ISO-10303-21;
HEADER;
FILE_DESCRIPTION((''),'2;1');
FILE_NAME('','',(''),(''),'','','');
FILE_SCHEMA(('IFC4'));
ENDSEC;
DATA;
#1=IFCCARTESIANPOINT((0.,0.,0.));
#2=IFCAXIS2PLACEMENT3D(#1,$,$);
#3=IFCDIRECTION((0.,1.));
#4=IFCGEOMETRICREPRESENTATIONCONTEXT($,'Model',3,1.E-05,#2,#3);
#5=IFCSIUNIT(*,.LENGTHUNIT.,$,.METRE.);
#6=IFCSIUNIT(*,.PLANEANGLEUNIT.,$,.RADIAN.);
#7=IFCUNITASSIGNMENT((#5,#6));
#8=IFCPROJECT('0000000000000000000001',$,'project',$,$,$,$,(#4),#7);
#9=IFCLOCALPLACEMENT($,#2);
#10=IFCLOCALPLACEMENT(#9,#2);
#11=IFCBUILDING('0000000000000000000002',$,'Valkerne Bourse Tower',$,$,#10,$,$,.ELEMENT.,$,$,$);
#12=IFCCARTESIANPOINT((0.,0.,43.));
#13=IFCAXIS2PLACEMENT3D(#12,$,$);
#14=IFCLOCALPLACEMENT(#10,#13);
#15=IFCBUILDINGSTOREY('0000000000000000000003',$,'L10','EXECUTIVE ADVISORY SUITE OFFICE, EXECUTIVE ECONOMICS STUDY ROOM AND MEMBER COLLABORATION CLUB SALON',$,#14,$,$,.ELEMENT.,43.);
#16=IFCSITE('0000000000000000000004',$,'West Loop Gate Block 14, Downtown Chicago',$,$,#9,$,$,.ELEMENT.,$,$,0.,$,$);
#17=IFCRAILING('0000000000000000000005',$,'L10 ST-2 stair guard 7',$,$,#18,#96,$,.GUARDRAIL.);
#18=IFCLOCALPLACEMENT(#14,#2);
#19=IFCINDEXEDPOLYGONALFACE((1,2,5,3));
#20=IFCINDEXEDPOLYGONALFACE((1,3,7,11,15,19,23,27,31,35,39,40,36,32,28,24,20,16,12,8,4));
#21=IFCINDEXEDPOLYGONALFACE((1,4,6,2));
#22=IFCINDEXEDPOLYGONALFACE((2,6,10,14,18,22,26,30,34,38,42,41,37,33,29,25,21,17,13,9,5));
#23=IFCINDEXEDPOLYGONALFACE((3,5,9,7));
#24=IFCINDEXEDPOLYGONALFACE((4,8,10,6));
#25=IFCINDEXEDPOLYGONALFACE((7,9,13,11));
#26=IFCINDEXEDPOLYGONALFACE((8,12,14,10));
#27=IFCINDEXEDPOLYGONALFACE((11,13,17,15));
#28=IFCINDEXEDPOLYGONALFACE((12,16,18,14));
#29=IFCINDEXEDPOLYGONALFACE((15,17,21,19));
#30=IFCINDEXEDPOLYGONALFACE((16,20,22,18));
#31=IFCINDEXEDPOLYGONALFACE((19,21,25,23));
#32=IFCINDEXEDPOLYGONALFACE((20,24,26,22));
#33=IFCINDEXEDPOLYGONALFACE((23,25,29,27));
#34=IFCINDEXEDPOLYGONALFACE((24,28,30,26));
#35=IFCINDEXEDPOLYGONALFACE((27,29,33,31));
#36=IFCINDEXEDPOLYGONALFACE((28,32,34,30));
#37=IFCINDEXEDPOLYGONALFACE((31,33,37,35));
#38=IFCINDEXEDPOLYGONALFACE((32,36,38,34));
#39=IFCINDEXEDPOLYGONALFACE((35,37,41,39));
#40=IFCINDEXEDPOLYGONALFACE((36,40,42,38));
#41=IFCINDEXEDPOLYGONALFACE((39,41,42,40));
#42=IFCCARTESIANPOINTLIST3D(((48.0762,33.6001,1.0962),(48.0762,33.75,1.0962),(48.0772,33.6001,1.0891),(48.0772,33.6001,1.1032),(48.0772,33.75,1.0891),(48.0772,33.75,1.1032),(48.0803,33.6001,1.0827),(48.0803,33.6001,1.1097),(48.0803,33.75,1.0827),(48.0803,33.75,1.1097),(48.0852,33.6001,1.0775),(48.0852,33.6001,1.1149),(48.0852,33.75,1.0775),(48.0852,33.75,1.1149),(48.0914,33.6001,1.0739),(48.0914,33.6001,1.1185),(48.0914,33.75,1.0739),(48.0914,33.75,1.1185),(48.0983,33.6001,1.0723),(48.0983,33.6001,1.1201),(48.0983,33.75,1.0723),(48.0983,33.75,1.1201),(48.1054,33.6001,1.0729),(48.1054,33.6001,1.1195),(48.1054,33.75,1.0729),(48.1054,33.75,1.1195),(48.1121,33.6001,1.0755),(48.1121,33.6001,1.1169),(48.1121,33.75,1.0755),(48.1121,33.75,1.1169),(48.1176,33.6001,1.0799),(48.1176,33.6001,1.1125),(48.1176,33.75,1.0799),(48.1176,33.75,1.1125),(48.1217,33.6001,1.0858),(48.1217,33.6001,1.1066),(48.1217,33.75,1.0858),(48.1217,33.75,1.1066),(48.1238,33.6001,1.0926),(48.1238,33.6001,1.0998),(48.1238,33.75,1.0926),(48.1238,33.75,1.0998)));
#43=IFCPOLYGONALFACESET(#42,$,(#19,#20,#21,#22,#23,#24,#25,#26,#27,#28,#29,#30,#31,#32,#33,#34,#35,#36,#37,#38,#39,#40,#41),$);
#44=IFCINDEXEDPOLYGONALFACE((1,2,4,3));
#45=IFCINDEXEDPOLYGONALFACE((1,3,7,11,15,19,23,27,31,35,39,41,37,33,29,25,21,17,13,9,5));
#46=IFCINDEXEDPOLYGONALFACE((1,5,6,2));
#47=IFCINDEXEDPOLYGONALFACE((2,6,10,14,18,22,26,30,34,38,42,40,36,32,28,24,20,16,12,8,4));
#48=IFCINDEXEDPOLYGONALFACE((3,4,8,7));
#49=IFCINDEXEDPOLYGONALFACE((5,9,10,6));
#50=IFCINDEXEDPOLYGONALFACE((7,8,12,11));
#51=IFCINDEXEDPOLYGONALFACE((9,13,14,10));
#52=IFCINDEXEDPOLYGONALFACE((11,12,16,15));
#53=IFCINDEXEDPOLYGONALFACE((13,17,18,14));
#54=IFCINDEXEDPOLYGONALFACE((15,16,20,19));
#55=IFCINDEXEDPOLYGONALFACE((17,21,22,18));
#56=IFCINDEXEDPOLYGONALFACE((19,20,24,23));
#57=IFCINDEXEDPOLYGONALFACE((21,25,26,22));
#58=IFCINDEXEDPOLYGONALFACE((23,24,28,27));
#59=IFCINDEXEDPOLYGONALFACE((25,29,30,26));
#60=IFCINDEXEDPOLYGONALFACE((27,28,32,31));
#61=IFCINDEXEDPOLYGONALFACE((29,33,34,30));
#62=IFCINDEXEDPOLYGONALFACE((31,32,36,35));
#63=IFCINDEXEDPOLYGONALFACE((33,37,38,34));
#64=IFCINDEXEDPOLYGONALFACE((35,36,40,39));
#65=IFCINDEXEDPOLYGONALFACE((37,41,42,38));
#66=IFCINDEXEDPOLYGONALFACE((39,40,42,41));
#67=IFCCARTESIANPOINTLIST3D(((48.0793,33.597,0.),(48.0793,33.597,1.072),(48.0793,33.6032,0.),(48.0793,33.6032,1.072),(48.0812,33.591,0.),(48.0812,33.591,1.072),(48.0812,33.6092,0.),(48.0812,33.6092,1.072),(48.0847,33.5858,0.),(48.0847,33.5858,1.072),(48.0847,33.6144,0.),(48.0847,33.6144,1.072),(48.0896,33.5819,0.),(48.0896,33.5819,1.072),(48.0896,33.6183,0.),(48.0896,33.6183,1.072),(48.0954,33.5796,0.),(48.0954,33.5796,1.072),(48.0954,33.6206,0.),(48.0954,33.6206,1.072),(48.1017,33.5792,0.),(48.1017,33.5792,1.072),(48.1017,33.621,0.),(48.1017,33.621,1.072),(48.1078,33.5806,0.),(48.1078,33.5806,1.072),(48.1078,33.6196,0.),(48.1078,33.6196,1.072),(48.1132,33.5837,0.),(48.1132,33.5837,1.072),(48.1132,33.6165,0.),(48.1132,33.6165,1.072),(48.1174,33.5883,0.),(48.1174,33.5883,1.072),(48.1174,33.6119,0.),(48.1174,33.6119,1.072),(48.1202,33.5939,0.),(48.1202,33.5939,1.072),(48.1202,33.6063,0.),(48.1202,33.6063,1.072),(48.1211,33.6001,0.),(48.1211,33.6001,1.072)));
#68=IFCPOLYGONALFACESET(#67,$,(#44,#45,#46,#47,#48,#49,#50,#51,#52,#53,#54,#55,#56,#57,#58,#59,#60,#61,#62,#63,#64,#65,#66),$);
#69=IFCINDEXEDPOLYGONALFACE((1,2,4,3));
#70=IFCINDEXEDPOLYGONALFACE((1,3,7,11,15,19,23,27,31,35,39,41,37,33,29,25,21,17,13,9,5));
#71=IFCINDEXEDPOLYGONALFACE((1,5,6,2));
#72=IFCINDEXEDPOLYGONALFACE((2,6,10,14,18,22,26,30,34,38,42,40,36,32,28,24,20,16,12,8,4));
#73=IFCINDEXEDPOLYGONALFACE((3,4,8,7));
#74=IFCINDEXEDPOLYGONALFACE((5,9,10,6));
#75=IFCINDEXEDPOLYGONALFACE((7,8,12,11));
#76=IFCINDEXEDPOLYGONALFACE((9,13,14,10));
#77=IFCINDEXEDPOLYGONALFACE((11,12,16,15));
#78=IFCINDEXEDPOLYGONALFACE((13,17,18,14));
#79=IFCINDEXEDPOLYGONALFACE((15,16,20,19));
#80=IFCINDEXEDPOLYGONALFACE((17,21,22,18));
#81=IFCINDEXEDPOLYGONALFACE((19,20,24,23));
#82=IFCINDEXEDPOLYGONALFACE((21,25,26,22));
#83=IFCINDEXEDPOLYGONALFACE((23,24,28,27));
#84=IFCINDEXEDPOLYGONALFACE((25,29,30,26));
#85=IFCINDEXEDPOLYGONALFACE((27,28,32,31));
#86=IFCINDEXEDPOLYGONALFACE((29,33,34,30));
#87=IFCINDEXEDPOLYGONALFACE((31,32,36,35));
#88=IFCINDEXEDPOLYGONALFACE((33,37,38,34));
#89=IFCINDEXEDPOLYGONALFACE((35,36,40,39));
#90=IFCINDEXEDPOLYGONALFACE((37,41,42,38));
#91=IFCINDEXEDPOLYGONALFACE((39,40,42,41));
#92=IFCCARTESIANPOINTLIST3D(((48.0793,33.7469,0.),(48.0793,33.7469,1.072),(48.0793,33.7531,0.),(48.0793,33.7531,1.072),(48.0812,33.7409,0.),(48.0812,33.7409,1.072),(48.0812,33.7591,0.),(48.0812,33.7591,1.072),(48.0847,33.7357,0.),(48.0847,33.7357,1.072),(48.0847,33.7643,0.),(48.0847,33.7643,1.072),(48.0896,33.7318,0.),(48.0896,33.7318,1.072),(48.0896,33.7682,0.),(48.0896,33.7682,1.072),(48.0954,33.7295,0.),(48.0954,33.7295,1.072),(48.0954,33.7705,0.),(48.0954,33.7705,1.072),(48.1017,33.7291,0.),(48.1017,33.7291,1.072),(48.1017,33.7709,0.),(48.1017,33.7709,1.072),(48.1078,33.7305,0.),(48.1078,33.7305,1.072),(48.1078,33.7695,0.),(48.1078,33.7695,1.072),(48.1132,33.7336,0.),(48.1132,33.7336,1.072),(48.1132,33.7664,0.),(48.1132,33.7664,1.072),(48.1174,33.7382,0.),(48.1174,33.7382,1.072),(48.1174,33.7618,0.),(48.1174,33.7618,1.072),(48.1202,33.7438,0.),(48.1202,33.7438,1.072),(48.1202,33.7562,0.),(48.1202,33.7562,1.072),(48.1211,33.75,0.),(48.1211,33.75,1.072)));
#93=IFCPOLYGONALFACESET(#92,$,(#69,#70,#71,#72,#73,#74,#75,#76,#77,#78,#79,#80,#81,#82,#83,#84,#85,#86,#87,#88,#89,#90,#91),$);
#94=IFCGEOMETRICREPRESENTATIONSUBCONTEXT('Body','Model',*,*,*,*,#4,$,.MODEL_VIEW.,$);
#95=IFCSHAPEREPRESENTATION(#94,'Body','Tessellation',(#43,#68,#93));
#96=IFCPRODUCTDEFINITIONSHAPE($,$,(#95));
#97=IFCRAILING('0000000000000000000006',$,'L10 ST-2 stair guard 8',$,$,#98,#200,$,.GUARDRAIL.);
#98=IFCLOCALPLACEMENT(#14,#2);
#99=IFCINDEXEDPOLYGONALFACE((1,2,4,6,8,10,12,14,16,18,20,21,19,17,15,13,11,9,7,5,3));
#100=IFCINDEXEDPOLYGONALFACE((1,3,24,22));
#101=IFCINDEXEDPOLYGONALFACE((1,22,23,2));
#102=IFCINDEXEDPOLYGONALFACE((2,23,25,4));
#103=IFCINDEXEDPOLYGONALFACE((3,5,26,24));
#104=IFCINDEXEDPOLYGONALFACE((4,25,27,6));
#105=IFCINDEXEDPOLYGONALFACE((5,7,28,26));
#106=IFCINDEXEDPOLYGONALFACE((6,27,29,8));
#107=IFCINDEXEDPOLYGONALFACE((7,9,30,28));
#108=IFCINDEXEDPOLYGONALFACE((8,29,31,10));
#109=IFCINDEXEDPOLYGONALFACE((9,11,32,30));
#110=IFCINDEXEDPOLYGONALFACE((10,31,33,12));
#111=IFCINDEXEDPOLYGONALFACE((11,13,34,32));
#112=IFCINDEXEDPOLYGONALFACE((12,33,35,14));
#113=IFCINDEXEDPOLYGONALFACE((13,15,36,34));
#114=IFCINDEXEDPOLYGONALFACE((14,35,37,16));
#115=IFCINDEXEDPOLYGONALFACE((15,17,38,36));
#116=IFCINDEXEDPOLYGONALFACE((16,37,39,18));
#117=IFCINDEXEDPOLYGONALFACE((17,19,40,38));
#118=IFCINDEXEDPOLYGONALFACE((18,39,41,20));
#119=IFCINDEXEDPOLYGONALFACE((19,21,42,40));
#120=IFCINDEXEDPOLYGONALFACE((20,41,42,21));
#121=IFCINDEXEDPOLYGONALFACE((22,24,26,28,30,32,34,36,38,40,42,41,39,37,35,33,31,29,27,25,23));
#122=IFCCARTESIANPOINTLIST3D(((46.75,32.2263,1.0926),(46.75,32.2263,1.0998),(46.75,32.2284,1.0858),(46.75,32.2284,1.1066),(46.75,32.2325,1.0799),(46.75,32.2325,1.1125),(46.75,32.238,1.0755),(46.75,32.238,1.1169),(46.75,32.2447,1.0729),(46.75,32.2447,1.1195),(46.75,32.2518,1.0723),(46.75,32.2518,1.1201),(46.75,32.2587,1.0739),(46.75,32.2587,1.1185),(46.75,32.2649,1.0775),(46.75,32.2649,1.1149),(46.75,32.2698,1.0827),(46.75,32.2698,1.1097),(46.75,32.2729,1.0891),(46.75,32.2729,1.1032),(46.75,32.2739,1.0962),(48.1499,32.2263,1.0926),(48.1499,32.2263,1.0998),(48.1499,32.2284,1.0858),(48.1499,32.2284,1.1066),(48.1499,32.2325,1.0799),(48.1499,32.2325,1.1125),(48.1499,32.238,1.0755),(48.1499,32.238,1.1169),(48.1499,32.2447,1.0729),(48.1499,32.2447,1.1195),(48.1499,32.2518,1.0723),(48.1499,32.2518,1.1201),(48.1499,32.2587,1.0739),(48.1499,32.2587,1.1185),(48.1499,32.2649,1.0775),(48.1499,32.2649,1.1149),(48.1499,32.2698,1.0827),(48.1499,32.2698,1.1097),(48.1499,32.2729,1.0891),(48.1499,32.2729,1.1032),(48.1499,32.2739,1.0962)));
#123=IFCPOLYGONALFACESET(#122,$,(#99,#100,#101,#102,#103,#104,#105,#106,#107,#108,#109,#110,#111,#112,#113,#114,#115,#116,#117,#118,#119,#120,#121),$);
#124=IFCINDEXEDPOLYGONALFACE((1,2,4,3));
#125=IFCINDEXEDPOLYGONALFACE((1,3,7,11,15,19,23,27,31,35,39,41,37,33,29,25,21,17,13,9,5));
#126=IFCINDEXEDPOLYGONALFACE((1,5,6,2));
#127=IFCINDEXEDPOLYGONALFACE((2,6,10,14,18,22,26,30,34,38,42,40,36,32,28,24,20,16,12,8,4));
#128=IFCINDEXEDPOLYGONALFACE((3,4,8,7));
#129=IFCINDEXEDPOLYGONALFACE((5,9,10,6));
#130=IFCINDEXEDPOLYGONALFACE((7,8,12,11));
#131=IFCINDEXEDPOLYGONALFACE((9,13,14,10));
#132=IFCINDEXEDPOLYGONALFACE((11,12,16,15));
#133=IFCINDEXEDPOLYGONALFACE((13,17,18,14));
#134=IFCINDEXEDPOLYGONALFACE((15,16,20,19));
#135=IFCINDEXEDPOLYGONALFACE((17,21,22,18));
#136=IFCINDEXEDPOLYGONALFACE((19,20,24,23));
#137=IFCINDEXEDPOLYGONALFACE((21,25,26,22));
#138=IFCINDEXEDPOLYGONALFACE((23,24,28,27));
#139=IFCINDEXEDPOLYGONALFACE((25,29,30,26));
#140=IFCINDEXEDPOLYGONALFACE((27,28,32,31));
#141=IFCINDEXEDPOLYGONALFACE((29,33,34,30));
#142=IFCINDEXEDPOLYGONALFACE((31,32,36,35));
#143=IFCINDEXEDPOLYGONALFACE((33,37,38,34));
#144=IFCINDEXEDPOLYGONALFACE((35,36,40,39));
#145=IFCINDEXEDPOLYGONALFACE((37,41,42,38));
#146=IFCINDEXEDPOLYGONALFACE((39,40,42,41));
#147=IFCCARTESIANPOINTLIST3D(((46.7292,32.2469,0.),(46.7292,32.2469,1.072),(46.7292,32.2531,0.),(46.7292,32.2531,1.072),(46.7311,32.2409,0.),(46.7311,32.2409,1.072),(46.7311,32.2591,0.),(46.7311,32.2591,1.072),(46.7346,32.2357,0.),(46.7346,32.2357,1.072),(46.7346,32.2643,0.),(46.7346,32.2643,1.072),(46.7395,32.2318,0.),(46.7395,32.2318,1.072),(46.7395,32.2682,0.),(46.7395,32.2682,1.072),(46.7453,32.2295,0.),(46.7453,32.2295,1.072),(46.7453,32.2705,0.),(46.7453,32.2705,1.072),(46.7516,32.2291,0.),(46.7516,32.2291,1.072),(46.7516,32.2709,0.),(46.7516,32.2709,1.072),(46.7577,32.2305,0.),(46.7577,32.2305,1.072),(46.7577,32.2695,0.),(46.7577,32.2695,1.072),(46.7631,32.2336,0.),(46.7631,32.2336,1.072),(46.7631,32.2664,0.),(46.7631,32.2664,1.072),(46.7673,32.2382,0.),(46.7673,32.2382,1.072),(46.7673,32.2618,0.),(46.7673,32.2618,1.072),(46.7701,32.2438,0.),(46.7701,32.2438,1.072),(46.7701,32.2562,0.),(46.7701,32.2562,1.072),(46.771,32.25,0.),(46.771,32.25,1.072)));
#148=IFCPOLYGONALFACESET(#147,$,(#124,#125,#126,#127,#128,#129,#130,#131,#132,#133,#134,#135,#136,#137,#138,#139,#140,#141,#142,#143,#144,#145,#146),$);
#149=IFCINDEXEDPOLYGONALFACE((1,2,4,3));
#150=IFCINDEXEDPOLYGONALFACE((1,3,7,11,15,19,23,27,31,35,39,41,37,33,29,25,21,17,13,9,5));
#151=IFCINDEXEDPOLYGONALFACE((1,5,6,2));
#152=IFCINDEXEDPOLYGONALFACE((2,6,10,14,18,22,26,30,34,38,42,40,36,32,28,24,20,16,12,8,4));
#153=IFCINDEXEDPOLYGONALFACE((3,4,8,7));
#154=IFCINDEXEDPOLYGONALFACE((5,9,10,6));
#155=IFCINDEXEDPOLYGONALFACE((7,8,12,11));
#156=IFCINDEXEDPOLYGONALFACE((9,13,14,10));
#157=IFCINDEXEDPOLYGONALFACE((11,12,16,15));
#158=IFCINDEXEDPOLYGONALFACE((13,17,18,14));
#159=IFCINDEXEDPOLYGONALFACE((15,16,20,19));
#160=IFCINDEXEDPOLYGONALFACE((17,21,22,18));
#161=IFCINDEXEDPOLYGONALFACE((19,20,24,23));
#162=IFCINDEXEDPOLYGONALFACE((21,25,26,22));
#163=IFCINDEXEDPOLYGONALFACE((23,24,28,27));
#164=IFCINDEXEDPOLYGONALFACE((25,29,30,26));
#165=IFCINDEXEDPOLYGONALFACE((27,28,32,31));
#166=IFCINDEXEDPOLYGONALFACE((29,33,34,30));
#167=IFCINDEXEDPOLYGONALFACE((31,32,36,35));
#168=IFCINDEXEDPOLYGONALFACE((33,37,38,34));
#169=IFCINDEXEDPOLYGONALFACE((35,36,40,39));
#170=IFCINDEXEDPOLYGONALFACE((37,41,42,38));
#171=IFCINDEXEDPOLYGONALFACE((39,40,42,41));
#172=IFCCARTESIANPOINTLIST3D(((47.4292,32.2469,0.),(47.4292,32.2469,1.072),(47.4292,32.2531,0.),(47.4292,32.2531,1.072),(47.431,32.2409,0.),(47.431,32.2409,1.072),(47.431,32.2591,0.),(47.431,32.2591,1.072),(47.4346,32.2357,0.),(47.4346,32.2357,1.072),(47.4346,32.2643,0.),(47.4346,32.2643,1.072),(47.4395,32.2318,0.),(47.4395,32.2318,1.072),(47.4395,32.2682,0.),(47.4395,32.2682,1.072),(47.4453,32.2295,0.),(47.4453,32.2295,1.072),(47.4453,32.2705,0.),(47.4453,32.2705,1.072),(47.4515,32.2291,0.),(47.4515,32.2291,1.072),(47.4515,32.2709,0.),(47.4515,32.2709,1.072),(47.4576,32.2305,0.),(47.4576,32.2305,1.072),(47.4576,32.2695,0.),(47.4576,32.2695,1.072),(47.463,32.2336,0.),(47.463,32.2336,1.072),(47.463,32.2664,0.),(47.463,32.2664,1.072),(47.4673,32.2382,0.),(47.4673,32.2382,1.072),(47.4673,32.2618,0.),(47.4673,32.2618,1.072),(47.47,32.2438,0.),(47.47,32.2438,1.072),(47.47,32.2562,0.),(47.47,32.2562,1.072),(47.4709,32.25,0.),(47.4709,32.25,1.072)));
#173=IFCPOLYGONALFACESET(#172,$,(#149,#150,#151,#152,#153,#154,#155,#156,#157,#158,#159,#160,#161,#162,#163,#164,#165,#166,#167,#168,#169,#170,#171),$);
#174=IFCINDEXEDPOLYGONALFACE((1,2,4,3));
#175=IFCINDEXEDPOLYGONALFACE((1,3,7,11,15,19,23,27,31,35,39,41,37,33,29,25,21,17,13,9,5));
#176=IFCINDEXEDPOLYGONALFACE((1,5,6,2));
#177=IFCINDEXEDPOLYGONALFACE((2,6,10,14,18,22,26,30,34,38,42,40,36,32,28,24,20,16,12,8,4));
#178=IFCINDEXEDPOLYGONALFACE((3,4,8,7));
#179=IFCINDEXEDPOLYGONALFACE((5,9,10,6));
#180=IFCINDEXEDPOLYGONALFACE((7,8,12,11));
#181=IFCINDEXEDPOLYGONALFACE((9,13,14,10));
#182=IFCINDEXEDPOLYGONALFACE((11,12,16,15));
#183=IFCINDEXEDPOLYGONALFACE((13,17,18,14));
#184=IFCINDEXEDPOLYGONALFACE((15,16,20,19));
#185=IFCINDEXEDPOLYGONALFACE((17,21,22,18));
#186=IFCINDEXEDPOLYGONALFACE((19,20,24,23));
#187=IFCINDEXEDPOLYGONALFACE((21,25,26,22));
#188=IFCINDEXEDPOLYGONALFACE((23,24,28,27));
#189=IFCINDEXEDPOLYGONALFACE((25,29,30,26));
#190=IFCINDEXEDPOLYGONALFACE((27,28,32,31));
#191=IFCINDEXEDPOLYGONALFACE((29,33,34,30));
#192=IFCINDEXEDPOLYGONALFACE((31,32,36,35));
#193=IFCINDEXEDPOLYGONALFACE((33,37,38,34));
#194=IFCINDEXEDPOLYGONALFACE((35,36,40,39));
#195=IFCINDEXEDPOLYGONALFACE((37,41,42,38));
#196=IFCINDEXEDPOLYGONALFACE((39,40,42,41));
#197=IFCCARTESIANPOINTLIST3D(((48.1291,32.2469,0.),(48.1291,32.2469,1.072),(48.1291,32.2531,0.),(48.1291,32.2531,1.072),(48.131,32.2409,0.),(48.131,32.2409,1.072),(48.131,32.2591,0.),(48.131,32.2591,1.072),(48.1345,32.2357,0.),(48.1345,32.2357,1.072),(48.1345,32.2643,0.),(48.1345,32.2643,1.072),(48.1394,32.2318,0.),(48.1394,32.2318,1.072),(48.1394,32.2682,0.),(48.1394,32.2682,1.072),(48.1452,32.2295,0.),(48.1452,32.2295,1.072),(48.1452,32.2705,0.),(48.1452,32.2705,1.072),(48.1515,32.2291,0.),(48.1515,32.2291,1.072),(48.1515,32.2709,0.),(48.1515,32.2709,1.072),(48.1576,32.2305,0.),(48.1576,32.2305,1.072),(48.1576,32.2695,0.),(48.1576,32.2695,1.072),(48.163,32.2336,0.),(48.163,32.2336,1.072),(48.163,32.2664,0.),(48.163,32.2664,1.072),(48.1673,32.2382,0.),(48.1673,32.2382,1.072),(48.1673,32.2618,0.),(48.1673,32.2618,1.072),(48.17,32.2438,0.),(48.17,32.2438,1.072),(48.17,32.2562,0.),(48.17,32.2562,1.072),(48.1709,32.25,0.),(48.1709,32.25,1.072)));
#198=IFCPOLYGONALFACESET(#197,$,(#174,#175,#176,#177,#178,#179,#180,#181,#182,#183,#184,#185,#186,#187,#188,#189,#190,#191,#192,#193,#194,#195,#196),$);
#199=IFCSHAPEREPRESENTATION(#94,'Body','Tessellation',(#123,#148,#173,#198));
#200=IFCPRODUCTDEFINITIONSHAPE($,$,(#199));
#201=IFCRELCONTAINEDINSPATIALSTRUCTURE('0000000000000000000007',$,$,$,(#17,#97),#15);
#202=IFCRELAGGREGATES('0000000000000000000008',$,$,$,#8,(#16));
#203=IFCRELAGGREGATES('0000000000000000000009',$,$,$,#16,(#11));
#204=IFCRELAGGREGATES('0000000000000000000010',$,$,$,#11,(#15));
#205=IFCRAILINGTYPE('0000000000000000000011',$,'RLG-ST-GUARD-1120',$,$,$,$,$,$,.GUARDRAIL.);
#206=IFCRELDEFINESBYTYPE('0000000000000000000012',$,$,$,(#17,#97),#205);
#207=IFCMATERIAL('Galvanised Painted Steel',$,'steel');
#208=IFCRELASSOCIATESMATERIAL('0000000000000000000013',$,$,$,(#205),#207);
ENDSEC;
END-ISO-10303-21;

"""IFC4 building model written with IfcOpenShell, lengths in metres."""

from ifc_helpers import new_model, si_unit, direction, frame, origin, origin_2d, place, context, subcontext, project, spatial, circle, extrude, material, type_object, element, save


model = new_model("IFC4")

# Units and contexts
model_context = context("Model", 3, precision=1e-05, world=origin(), true_north=direction((0.0, 1.0)))
body_context = subcontext(model_context, "Body", "Model", "MODEL_VIEW")
ifc_project = project(units=[si_unit("LENGTHUNIT", "METRE"), si_unit("PLANEANGLEUNIT", "RADIAN")], contexts=[model_context])

# Site, building, storey
site_placement = place(None, origin())
site = spatial("IfcSite", under=ifc_project, at=site_placement, Name="West Loop Gate Block 14, Downtown Chicago", CompositionType="ELEMENT", RefElevation=0.0)
building_placement = place(site_placement, origin())
building = spatial("IfcBuilding", under=site, at=building_placement, Name="Valkerne Bourse Tower", CompositionType="ELEMENT")
storey_placement = place(building_placement, frame((0.0, 0.0, 43.0)))
storey = spatial("IfcBuildingStorey", under=building, at=storey_placement, Name="L10", Description="EXECUTIVE ADVISORY SUITE OFFICE, EXECUTIVE ECONOMICS STUDY ROOM AND MEMBER COLLABORATION CLUB SALON", CompositionType="ELEMENT", Elevation=43.0)

# Shared definitions
ifc_material_1 = material(Name="Galvanised Painted Steel", Category="steel")

# Railings
railing_type_1 = type_object("IfcRailingType", Name="RLG-ST-GUARD-1120", PredefinedType="GUARDRAIL", material=ifc_material_1)
railing_1_placement = place(storey_placement, frame((48.1001, 33.6001, 0.0)))
element("IfcRailing", 1, at=railing_1_placement, inside=storey, type_object=railing_type_1, Name="L10 ST-2 stair guard 7", PredefinedType="GUARDRAIL", context=body_context, shape_type="SweptSolid", body=[
    extrude(circle(Radius=0.0239, at=origin_2d()), frame((0.0, 0.0, 1.0962), z_axis=(0.0, 1.0, 0.0), x_axis=(-1.0, 0.0, 0.0)), (0.0, 0.0, 1.0), 0.1499),
    extrude(circle(Radius=0.021, at=origin_2d()), origin(), (0.0, 0.0, 1.0), 1.072),
    extrude(circle(Radius=0.021, at=origin_2d()), frame((0.0, 0.1499, 0.0)), (0.0, 0.0, 1.0), 1.072),
])
for number, where, name in (
    (2, (46.75, 32.25, 0.0), "L10 ST-2 stair guard 8"),
):
    element("IfcRailing", number, at=place(storey_placement, frame(where)), inside=storey, type_object=railing_type_1, Name=name, PredefinedType="GUARDRAIL", context=body_context, shape_type="SweptSolid", body=[
        extrude(circle(Radius=0.0239, at=origin_2d()), frame((0.0, 0.0, 1.0962), z_axis=(1.0, 0.0, 0.0), x_axis=(0.0, 1.0, 0.0)), (0.0, 0.0, 1.0), 1.3999),
        extrude(circle(Radius=0.021, at=origin_2d()), origin(), (0.0, 0.0, 1.0), 1.072),
        extrude(circle(Radius=0.021, at=origin_2d()), frame((0.7, 0.0, 0.0)), (0.0, 0.0, 1.0), 1.072),
        extrude(circle(Radius=0.021, at=origin_2d()), frame((1.3999, 0.0, 0.0)), (0.0, 0.0, 1.0), 1.072),
    ])

save(model, "model.ifc")
